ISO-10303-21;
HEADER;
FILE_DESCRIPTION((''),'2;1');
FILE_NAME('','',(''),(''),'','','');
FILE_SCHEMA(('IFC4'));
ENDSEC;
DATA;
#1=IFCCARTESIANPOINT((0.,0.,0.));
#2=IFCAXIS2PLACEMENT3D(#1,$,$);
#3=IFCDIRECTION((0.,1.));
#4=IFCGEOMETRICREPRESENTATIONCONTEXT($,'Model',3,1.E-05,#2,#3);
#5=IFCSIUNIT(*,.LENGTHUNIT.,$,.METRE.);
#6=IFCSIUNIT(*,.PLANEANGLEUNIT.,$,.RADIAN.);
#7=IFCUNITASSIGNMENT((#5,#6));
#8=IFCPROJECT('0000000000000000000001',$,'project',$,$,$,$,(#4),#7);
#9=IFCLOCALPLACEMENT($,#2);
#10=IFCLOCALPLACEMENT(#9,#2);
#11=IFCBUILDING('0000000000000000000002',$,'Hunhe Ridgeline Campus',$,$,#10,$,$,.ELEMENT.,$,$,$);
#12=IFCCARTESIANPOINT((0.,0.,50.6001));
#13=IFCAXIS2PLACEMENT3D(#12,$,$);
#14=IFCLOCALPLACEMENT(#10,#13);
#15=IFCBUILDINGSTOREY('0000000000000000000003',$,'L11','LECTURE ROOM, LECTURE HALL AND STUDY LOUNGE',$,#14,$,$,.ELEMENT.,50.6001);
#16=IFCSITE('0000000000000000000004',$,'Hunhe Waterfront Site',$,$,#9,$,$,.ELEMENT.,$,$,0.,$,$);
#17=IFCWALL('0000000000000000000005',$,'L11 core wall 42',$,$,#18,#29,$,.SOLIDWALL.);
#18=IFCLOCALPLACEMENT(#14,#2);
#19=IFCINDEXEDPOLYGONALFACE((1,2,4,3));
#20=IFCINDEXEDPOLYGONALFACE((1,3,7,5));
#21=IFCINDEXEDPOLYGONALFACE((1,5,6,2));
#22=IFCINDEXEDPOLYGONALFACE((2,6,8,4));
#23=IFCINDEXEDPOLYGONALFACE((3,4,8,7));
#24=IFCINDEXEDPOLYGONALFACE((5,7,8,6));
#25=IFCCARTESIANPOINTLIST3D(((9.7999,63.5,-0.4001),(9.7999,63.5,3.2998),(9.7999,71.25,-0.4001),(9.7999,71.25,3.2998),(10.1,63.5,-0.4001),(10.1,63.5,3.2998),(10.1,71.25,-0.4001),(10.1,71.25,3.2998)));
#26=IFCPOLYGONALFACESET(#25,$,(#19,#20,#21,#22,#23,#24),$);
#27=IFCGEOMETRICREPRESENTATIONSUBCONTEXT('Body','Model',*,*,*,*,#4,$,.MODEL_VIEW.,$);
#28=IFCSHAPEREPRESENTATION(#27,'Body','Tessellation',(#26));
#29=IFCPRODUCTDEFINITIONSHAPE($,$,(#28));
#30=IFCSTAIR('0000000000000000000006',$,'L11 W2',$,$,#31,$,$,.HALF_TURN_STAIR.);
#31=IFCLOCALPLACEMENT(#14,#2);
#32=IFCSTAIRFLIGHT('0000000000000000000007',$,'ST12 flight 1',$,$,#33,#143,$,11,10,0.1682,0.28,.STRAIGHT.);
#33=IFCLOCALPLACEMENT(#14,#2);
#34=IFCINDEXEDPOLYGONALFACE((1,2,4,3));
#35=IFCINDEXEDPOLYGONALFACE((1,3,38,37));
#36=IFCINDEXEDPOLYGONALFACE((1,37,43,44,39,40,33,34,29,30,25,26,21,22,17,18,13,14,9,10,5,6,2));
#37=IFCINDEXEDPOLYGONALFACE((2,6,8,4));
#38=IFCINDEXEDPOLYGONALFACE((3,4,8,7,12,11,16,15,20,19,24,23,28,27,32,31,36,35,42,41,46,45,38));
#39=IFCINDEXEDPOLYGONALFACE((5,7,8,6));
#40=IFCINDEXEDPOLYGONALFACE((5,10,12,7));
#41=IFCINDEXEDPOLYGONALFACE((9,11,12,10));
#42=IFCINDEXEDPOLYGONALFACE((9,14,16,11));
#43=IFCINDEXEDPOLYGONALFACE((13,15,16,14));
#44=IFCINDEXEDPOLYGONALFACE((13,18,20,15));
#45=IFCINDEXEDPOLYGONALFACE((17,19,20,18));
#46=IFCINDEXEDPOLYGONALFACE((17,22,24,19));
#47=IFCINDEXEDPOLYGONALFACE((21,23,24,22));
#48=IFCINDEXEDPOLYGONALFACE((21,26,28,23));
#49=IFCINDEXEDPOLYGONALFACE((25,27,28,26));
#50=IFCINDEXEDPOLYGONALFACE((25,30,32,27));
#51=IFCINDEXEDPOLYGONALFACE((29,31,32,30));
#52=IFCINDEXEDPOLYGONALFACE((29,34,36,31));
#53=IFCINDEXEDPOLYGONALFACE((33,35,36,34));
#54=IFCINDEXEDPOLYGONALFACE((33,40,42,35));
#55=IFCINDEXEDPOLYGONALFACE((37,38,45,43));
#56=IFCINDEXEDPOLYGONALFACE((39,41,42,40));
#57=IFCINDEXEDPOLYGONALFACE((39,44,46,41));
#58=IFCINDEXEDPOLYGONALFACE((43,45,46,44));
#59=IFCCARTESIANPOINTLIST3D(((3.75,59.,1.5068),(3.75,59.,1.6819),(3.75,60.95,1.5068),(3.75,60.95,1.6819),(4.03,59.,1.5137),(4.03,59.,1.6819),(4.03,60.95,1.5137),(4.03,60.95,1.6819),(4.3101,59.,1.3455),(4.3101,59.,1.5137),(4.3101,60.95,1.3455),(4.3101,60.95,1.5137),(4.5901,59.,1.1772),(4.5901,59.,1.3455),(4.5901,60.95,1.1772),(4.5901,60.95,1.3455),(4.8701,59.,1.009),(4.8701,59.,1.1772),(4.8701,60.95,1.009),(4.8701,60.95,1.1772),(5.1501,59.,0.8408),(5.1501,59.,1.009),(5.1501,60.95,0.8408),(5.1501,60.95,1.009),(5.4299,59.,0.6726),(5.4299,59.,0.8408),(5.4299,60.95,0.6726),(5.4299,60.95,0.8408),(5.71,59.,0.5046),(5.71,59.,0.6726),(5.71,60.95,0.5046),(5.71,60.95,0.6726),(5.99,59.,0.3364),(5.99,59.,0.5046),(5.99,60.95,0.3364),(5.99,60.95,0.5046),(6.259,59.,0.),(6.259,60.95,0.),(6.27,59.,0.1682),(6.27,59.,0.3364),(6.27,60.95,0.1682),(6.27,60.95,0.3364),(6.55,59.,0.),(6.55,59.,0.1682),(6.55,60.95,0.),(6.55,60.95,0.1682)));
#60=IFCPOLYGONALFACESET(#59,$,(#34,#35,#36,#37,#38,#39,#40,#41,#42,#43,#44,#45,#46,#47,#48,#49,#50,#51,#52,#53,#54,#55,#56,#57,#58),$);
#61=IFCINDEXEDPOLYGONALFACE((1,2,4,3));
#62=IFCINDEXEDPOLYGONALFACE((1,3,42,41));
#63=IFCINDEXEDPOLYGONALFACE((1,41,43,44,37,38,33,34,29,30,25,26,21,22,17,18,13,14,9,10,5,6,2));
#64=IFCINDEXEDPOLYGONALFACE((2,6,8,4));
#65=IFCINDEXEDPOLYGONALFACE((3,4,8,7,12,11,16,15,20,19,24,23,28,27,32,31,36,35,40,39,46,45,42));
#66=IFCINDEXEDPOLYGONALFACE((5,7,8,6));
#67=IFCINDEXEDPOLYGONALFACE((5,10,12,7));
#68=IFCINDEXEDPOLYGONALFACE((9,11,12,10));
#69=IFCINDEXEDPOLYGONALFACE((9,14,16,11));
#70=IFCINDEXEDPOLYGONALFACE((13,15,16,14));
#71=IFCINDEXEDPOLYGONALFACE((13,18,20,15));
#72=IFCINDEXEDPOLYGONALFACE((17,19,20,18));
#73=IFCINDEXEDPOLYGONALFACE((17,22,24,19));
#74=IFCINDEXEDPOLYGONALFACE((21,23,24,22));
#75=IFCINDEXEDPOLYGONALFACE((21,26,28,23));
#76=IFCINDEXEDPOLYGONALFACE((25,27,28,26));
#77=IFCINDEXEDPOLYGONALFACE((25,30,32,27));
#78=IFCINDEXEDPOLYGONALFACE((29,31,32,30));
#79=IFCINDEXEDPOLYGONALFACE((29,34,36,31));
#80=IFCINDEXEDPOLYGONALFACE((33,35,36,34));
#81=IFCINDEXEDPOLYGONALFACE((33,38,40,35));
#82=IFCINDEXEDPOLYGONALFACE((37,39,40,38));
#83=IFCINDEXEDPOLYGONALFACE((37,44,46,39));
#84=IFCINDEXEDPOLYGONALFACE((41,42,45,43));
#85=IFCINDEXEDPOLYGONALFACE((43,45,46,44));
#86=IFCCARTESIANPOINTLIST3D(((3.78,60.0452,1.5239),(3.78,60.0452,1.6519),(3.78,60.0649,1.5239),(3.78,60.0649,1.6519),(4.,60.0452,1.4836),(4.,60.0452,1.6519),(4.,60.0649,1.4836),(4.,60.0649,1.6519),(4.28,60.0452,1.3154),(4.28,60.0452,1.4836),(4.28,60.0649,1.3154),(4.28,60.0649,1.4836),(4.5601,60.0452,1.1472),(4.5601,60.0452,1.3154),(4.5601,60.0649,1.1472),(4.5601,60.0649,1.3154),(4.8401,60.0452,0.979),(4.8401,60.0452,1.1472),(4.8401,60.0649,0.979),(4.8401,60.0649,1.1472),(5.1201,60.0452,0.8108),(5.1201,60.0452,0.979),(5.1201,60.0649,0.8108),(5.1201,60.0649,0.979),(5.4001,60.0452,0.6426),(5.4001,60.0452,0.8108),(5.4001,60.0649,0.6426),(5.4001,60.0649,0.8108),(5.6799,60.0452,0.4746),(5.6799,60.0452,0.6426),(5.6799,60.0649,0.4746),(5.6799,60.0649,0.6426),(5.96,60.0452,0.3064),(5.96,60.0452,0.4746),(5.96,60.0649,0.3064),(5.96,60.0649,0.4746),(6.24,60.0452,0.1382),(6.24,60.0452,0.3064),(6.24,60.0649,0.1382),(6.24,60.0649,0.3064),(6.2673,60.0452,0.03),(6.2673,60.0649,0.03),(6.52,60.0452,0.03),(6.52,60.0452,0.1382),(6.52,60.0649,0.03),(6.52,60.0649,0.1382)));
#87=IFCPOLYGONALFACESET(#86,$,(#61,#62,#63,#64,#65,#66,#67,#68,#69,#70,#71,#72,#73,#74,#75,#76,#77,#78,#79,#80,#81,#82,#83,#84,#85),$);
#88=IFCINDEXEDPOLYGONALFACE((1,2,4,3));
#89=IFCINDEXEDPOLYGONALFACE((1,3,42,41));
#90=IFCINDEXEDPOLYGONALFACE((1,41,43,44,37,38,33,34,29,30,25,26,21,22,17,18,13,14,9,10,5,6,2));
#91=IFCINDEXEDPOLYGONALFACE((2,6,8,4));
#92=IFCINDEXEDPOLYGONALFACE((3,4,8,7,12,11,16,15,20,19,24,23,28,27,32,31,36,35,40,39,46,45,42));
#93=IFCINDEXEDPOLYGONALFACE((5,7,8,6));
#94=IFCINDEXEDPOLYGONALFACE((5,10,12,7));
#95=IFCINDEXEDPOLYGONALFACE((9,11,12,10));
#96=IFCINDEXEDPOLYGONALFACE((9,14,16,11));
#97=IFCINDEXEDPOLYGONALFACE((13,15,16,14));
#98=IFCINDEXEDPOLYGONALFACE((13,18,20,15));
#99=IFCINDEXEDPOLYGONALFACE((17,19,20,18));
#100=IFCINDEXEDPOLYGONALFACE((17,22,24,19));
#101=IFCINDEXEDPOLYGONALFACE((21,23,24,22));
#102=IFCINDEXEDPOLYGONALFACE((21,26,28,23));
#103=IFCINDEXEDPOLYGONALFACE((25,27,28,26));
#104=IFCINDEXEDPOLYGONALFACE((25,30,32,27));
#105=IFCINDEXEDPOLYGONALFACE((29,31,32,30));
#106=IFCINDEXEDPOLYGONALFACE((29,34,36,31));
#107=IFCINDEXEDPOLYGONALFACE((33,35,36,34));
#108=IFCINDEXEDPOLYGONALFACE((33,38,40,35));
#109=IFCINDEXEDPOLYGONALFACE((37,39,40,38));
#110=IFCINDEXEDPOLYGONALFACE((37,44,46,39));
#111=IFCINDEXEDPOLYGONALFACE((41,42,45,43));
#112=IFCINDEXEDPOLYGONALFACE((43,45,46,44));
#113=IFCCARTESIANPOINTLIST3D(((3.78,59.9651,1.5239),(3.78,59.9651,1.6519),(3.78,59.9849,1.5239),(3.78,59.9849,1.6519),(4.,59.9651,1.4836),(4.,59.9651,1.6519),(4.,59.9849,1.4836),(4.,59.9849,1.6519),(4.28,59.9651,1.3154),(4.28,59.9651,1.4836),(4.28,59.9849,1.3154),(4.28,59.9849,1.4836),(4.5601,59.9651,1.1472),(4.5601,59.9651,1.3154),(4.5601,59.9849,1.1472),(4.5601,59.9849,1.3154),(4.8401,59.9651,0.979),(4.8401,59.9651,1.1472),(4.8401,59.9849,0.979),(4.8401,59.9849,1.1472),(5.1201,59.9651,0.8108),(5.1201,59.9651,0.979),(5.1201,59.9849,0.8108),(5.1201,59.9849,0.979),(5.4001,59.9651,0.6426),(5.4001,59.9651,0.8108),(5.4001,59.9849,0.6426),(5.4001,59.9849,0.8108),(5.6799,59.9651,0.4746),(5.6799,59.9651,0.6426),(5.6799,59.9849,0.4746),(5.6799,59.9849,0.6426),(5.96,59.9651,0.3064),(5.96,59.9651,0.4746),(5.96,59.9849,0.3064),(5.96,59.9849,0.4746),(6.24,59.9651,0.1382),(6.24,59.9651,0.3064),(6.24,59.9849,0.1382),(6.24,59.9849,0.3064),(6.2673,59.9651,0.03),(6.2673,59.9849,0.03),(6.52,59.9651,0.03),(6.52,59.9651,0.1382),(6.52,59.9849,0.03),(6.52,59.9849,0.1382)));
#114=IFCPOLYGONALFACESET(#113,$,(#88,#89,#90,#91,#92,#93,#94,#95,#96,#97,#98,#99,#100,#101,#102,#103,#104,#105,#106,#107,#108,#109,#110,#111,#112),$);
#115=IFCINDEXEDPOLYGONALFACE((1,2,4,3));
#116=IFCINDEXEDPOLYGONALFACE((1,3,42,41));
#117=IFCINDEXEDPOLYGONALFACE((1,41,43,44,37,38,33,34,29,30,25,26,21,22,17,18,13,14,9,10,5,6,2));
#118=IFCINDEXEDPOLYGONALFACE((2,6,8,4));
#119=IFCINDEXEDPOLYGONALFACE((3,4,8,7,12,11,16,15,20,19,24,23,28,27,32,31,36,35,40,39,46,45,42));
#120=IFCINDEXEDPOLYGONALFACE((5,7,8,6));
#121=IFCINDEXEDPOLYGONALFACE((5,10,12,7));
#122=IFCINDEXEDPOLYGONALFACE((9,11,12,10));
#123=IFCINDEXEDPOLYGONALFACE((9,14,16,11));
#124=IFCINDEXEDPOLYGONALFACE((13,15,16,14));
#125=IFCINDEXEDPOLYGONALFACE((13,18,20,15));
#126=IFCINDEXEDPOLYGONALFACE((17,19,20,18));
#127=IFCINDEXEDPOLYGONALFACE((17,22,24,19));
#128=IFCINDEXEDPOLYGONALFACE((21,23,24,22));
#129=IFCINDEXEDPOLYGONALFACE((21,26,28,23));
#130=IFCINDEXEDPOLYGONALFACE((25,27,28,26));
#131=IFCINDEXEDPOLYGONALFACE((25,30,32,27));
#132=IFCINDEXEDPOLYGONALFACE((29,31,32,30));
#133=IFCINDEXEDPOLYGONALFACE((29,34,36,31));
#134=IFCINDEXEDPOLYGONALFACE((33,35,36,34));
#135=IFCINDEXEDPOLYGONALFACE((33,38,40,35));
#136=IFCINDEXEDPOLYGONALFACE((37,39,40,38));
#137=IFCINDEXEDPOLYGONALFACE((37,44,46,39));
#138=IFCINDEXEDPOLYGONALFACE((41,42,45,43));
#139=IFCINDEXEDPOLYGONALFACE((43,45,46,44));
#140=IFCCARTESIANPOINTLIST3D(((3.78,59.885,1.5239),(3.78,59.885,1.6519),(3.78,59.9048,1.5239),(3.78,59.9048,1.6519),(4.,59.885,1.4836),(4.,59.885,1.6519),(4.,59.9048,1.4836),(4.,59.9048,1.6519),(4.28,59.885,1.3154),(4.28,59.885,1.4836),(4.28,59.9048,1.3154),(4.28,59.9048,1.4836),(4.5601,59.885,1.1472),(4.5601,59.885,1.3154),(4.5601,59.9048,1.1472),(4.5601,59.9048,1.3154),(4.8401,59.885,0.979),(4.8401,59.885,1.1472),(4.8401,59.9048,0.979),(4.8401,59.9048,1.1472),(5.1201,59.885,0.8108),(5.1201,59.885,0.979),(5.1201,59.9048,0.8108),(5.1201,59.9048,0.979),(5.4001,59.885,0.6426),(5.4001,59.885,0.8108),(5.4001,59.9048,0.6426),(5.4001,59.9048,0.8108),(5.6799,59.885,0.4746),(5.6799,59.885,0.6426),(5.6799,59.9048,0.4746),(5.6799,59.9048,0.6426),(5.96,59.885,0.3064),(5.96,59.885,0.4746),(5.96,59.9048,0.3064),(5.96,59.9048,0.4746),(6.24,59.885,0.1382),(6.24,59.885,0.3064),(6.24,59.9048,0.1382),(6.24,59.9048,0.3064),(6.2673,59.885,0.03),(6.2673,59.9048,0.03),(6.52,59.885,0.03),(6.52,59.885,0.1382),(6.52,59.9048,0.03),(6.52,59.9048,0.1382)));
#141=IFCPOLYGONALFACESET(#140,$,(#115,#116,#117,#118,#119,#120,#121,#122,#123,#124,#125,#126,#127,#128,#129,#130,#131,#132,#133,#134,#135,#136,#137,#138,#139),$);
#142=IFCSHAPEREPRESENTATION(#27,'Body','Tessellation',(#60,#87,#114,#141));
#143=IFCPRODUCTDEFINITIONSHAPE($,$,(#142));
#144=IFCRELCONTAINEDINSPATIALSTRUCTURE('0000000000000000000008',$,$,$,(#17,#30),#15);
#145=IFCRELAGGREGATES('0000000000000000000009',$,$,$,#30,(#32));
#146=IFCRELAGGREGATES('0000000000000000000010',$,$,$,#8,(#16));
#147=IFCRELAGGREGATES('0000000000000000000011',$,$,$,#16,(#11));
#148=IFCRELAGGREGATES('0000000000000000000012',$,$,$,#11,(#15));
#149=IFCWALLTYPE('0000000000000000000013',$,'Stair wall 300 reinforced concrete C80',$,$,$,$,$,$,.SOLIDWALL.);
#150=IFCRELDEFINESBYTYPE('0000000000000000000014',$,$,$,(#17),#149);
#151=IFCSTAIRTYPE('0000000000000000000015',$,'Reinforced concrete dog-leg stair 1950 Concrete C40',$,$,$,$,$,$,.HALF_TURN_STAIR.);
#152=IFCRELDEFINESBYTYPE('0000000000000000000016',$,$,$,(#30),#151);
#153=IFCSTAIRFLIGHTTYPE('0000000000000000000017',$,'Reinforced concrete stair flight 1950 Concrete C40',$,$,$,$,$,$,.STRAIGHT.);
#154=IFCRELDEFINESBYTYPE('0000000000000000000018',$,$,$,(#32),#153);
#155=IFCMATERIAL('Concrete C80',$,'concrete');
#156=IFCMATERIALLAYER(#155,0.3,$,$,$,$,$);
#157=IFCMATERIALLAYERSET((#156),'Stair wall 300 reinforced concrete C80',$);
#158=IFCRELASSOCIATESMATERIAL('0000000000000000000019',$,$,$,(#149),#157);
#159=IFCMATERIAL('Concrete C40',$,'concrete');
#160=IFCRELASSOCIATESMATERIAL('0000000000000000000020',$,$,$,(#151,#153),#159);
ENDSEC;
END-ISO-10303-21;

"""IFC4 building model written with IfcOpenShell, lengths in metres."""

from ifc_helpers import new_model, si_unit, direction, frame, frame_2d, origin, place, context, subcontext, project, spatial, polyline, rectangle, outline, extrude, material, layer, layer_set, type_object, element, aggregate, save


model = new_model("IFC4")

# Units and contexts
model_context = context("Model", 3, precision=1e-05, world=origin(), true_north=direction((0.0, 1.0)))
body_context = subcontext(model_context, "Body", "Model", "MODEL_VIEW")
ifc_project = project(units=[si_unit("LENGTHUNIT", "METRE"), si_unit("PLANEANGLEUNIT", "RADIAN")], contexts=[model_context])

# Site, building, storey
site_placement = place(None, origin())
site = spatial("IfcSite", under=ifc_project, at=site_placement, Name="Hunhe Waterfront Site", CompositionType="ELEMENT", RefElevation=0.0)
building_placement = place(site_placement, origin())
building = spatial("IfcBuilding", under=site, at=building_placement, Name="Hunhe Ridgeline Campus", CompositionType="ELEMENT")
storey_placement = place(building_placement, frame((0.0, 0.0, 50.6001)))
storey = spatial("IfcBuildingStorey", under=building, at=storey_placement, Name="L11", Description="LECTURE ROOM, LECTURE HALL AND STUDY LOUNGE", CompositionType="ELEMENT", Elevation=50.6001)

# Shared definitions
ifc_material_1 = material(Name="Concrete C80", Category="concrete")

# Shared definitions
ifc_layer_1 = layer(ifc_material_1, 0.3)
ifc_layer_set_1 = layer_set([ifc_layer_1], Name="Stair wall 300 reinforced concrete C80")
wall_type_1 = type_object("IfcWallType", Name="Stair wall 300 reinforced concrete C80", PredefinedType="SOLIDWALL", material=ifc_layer_set_1)

# Wall
wall_1_placement = place(storey_placement, frame((9.95, 63.5, -0.4001), z_axis=(0.0, 0.0, 1.0), x_axis=(0.0, 1.0, 0.0)))
element("IfcWall", 1, at=wall_1_placement, inside=storey, type_object=wall_type_1, Name="L11 core wall 42", PredefinedType="SOLIDWALL", context=body_context, shape_type="SweptSolid", body=[
    extrude(rectangle(XDim=7.75, YDim=0.3, at=frame_2d((3.875, 0.0))), origin(), (0.0, 0.0, 1.0), 3.7),
])

# Stair, stair flight
ifc_material_2 = material(Name="Concrete C40", Category="concrete")
stair_type = type_object("IfcStairType", Name="Reinforced concrete dog-leg stair 1950 Concrete C40", PredefinedType="HALF_TURN_STAIR", material=ifc_material_2)
stair_placement = place(storey_placement, origin())
stair = element("IfcStair", 2, at=stair_placement, inside=storey, type_object=stair_type, Name="L11 W2", PredefinedType="HALF_TURN_STAIR")
stair_flight_type = type_object("IfcStairFlightType", Name="Reinforced concrete stair flight 1950 Concrete C40", PredefinedType="STRAIGHT", material=ifc_material_2)
stair_flight_1_placement = place(storey_placement, frame((6.55, 59.9751, 0.0), z_axis=(0.0, 0.0, 1.0), x_axis=(-1.0, 0.0, 0.0)))
stair_flight_1 = element("IfcStairFlight", 3, at=stair_flight_1_placement, type_object=stair_flight_type, Name="ST12 flight 1", NumberOfRisers=11, NumberOfTreads=10, PredefinedType="STRAIGHT", RiserHeight=0.1682, TreadLength=0.28, context=body_context, shape_type="SweptSolid", body=[
    extrude(outline(polyline([(0.0, 0.0), (0.0, 0.1682), (0.28, 0.1682), (0.28, 0.3364), (0.5601, 0.3364), (0.5601, 0.5046), (0.8401, 0.5046), (0.8401, 0.6726), (1.1201, 0.6726), (1.1201, 0.8408), (1.3999, 0.8408), (1.3999, 1.009), (1.6799, 1.009), (1.6799, 1.1772), (1.96, 1.1772), (1.96, 1.3455), (2.24, 1.3455), (2.24, 1.5137), (2.52, 1.5137), (2.52, 1.6819), (2.8, 1.6819), (2.8, 1.8501), (2.8, 1.5068), (0.291, 0.0), (0.0, 0.0)])), frame((0.0, 0.9751, 0.0), z_axis=(0.0, -1.0, 0.0), x_axis=(1.0, 0.0, 0.0)), (0.0, 0.0, 1.0), 1.95),
    extrude(outline(polyline([(0.03, 0.03), (0.03, 0.1382), (0.3101, 0.1382), (0.3101, 0.3064), (0.5901, 0.3064), (0.5901, 0.4746), (0.8701, 0.4746), (0.8701, 0.6426), (1.1499, 0.6426), (1.1499, 0.8108), (1.4299, 0.8108), (1.4299, 0.979), (1.71, 0.979), (1.71, 1.1472), (1.99, 1.1472), (1.99, 1.3154), (2.27, 1.3154), (2.27, 1.4836), (2.55, 1.4836), (2.55, 1.6519), (2.77, 1.6519), (2.77, 1.5239), (0.2827, 0.03), (0.03, 0.03)])), frame((0.0, -0.0701, 0.0), z_axis=(0.0, -1.0, 0.0), x_axis=(1.0, 0.0, 0.0)), (0.0, 0.0, 1.0), 0.0198),
    extrude(outline(polyline([(0.03, 0.03), (0.03, 0.1382), (0.3101, 0.1382), (0.3101, 0.3064), (0.5901, 0.3064), (0.5901, 0.4746), (0.8701, 0.4746), (0.8701, 0.6426), (1.1499, 0.6426), (1.1499, 0.8108), (1.4299, 0.8108), (1.4299, 0.979), (1.71, 0.979), (1.71, 1.1472), (1.99, 1.1472), (1.99, 1.3154), (2.27, 1.3154), (2.27, 1.4836), (2.55, 1.4836), (2.55, 1.6519), (2.77, 1.6519), (2.77, 1.5239), (0.2827, 0.03), (0.03, 0.03)])), frame((0.0, 0.01, 0.0), z_axis=(0.0, -1.0, 0.0), x_axis=(1.0, 0.0, 0.0)), (0.0, 0.0, 1.0), 0.0198),
    extrude(outline(polyline([(0.03, 0.03), (0.03, 0.1382), (0.3101, 0.1382), (0.3101, 0.3064), (0.5901, 0.3064), (0.5901, 0.4746), (0.8701, 0.4746), (0.8701, 0.6426), (1.1499, 0.6426), (1.1499, 0.8108), (1.4299, 0.8108), (1.4299, 0.979), (1.71, 0.979), (1.71, 1.1472), (1.99, 1.1472), (1.99, 1.3154), (2.27, 1.3154), (2.27, 1.4836), (2.55, 1.4836), (2.55, 1.6519), (2.77, 1.6519), (2.77, 1.5239), (0.2827, 0.03), (0.03, 0.03)])), frame((0.0, 0.0901, 0.0), z_axis=(0.0, -1.0, 0.0), x_axis=(1.0, 0.0, 0.0)), (0.0, 0.0, 1.0), 0.0198),
])
aggregate(stair, [stair_flight_1])

save(model, "model.ifc")
